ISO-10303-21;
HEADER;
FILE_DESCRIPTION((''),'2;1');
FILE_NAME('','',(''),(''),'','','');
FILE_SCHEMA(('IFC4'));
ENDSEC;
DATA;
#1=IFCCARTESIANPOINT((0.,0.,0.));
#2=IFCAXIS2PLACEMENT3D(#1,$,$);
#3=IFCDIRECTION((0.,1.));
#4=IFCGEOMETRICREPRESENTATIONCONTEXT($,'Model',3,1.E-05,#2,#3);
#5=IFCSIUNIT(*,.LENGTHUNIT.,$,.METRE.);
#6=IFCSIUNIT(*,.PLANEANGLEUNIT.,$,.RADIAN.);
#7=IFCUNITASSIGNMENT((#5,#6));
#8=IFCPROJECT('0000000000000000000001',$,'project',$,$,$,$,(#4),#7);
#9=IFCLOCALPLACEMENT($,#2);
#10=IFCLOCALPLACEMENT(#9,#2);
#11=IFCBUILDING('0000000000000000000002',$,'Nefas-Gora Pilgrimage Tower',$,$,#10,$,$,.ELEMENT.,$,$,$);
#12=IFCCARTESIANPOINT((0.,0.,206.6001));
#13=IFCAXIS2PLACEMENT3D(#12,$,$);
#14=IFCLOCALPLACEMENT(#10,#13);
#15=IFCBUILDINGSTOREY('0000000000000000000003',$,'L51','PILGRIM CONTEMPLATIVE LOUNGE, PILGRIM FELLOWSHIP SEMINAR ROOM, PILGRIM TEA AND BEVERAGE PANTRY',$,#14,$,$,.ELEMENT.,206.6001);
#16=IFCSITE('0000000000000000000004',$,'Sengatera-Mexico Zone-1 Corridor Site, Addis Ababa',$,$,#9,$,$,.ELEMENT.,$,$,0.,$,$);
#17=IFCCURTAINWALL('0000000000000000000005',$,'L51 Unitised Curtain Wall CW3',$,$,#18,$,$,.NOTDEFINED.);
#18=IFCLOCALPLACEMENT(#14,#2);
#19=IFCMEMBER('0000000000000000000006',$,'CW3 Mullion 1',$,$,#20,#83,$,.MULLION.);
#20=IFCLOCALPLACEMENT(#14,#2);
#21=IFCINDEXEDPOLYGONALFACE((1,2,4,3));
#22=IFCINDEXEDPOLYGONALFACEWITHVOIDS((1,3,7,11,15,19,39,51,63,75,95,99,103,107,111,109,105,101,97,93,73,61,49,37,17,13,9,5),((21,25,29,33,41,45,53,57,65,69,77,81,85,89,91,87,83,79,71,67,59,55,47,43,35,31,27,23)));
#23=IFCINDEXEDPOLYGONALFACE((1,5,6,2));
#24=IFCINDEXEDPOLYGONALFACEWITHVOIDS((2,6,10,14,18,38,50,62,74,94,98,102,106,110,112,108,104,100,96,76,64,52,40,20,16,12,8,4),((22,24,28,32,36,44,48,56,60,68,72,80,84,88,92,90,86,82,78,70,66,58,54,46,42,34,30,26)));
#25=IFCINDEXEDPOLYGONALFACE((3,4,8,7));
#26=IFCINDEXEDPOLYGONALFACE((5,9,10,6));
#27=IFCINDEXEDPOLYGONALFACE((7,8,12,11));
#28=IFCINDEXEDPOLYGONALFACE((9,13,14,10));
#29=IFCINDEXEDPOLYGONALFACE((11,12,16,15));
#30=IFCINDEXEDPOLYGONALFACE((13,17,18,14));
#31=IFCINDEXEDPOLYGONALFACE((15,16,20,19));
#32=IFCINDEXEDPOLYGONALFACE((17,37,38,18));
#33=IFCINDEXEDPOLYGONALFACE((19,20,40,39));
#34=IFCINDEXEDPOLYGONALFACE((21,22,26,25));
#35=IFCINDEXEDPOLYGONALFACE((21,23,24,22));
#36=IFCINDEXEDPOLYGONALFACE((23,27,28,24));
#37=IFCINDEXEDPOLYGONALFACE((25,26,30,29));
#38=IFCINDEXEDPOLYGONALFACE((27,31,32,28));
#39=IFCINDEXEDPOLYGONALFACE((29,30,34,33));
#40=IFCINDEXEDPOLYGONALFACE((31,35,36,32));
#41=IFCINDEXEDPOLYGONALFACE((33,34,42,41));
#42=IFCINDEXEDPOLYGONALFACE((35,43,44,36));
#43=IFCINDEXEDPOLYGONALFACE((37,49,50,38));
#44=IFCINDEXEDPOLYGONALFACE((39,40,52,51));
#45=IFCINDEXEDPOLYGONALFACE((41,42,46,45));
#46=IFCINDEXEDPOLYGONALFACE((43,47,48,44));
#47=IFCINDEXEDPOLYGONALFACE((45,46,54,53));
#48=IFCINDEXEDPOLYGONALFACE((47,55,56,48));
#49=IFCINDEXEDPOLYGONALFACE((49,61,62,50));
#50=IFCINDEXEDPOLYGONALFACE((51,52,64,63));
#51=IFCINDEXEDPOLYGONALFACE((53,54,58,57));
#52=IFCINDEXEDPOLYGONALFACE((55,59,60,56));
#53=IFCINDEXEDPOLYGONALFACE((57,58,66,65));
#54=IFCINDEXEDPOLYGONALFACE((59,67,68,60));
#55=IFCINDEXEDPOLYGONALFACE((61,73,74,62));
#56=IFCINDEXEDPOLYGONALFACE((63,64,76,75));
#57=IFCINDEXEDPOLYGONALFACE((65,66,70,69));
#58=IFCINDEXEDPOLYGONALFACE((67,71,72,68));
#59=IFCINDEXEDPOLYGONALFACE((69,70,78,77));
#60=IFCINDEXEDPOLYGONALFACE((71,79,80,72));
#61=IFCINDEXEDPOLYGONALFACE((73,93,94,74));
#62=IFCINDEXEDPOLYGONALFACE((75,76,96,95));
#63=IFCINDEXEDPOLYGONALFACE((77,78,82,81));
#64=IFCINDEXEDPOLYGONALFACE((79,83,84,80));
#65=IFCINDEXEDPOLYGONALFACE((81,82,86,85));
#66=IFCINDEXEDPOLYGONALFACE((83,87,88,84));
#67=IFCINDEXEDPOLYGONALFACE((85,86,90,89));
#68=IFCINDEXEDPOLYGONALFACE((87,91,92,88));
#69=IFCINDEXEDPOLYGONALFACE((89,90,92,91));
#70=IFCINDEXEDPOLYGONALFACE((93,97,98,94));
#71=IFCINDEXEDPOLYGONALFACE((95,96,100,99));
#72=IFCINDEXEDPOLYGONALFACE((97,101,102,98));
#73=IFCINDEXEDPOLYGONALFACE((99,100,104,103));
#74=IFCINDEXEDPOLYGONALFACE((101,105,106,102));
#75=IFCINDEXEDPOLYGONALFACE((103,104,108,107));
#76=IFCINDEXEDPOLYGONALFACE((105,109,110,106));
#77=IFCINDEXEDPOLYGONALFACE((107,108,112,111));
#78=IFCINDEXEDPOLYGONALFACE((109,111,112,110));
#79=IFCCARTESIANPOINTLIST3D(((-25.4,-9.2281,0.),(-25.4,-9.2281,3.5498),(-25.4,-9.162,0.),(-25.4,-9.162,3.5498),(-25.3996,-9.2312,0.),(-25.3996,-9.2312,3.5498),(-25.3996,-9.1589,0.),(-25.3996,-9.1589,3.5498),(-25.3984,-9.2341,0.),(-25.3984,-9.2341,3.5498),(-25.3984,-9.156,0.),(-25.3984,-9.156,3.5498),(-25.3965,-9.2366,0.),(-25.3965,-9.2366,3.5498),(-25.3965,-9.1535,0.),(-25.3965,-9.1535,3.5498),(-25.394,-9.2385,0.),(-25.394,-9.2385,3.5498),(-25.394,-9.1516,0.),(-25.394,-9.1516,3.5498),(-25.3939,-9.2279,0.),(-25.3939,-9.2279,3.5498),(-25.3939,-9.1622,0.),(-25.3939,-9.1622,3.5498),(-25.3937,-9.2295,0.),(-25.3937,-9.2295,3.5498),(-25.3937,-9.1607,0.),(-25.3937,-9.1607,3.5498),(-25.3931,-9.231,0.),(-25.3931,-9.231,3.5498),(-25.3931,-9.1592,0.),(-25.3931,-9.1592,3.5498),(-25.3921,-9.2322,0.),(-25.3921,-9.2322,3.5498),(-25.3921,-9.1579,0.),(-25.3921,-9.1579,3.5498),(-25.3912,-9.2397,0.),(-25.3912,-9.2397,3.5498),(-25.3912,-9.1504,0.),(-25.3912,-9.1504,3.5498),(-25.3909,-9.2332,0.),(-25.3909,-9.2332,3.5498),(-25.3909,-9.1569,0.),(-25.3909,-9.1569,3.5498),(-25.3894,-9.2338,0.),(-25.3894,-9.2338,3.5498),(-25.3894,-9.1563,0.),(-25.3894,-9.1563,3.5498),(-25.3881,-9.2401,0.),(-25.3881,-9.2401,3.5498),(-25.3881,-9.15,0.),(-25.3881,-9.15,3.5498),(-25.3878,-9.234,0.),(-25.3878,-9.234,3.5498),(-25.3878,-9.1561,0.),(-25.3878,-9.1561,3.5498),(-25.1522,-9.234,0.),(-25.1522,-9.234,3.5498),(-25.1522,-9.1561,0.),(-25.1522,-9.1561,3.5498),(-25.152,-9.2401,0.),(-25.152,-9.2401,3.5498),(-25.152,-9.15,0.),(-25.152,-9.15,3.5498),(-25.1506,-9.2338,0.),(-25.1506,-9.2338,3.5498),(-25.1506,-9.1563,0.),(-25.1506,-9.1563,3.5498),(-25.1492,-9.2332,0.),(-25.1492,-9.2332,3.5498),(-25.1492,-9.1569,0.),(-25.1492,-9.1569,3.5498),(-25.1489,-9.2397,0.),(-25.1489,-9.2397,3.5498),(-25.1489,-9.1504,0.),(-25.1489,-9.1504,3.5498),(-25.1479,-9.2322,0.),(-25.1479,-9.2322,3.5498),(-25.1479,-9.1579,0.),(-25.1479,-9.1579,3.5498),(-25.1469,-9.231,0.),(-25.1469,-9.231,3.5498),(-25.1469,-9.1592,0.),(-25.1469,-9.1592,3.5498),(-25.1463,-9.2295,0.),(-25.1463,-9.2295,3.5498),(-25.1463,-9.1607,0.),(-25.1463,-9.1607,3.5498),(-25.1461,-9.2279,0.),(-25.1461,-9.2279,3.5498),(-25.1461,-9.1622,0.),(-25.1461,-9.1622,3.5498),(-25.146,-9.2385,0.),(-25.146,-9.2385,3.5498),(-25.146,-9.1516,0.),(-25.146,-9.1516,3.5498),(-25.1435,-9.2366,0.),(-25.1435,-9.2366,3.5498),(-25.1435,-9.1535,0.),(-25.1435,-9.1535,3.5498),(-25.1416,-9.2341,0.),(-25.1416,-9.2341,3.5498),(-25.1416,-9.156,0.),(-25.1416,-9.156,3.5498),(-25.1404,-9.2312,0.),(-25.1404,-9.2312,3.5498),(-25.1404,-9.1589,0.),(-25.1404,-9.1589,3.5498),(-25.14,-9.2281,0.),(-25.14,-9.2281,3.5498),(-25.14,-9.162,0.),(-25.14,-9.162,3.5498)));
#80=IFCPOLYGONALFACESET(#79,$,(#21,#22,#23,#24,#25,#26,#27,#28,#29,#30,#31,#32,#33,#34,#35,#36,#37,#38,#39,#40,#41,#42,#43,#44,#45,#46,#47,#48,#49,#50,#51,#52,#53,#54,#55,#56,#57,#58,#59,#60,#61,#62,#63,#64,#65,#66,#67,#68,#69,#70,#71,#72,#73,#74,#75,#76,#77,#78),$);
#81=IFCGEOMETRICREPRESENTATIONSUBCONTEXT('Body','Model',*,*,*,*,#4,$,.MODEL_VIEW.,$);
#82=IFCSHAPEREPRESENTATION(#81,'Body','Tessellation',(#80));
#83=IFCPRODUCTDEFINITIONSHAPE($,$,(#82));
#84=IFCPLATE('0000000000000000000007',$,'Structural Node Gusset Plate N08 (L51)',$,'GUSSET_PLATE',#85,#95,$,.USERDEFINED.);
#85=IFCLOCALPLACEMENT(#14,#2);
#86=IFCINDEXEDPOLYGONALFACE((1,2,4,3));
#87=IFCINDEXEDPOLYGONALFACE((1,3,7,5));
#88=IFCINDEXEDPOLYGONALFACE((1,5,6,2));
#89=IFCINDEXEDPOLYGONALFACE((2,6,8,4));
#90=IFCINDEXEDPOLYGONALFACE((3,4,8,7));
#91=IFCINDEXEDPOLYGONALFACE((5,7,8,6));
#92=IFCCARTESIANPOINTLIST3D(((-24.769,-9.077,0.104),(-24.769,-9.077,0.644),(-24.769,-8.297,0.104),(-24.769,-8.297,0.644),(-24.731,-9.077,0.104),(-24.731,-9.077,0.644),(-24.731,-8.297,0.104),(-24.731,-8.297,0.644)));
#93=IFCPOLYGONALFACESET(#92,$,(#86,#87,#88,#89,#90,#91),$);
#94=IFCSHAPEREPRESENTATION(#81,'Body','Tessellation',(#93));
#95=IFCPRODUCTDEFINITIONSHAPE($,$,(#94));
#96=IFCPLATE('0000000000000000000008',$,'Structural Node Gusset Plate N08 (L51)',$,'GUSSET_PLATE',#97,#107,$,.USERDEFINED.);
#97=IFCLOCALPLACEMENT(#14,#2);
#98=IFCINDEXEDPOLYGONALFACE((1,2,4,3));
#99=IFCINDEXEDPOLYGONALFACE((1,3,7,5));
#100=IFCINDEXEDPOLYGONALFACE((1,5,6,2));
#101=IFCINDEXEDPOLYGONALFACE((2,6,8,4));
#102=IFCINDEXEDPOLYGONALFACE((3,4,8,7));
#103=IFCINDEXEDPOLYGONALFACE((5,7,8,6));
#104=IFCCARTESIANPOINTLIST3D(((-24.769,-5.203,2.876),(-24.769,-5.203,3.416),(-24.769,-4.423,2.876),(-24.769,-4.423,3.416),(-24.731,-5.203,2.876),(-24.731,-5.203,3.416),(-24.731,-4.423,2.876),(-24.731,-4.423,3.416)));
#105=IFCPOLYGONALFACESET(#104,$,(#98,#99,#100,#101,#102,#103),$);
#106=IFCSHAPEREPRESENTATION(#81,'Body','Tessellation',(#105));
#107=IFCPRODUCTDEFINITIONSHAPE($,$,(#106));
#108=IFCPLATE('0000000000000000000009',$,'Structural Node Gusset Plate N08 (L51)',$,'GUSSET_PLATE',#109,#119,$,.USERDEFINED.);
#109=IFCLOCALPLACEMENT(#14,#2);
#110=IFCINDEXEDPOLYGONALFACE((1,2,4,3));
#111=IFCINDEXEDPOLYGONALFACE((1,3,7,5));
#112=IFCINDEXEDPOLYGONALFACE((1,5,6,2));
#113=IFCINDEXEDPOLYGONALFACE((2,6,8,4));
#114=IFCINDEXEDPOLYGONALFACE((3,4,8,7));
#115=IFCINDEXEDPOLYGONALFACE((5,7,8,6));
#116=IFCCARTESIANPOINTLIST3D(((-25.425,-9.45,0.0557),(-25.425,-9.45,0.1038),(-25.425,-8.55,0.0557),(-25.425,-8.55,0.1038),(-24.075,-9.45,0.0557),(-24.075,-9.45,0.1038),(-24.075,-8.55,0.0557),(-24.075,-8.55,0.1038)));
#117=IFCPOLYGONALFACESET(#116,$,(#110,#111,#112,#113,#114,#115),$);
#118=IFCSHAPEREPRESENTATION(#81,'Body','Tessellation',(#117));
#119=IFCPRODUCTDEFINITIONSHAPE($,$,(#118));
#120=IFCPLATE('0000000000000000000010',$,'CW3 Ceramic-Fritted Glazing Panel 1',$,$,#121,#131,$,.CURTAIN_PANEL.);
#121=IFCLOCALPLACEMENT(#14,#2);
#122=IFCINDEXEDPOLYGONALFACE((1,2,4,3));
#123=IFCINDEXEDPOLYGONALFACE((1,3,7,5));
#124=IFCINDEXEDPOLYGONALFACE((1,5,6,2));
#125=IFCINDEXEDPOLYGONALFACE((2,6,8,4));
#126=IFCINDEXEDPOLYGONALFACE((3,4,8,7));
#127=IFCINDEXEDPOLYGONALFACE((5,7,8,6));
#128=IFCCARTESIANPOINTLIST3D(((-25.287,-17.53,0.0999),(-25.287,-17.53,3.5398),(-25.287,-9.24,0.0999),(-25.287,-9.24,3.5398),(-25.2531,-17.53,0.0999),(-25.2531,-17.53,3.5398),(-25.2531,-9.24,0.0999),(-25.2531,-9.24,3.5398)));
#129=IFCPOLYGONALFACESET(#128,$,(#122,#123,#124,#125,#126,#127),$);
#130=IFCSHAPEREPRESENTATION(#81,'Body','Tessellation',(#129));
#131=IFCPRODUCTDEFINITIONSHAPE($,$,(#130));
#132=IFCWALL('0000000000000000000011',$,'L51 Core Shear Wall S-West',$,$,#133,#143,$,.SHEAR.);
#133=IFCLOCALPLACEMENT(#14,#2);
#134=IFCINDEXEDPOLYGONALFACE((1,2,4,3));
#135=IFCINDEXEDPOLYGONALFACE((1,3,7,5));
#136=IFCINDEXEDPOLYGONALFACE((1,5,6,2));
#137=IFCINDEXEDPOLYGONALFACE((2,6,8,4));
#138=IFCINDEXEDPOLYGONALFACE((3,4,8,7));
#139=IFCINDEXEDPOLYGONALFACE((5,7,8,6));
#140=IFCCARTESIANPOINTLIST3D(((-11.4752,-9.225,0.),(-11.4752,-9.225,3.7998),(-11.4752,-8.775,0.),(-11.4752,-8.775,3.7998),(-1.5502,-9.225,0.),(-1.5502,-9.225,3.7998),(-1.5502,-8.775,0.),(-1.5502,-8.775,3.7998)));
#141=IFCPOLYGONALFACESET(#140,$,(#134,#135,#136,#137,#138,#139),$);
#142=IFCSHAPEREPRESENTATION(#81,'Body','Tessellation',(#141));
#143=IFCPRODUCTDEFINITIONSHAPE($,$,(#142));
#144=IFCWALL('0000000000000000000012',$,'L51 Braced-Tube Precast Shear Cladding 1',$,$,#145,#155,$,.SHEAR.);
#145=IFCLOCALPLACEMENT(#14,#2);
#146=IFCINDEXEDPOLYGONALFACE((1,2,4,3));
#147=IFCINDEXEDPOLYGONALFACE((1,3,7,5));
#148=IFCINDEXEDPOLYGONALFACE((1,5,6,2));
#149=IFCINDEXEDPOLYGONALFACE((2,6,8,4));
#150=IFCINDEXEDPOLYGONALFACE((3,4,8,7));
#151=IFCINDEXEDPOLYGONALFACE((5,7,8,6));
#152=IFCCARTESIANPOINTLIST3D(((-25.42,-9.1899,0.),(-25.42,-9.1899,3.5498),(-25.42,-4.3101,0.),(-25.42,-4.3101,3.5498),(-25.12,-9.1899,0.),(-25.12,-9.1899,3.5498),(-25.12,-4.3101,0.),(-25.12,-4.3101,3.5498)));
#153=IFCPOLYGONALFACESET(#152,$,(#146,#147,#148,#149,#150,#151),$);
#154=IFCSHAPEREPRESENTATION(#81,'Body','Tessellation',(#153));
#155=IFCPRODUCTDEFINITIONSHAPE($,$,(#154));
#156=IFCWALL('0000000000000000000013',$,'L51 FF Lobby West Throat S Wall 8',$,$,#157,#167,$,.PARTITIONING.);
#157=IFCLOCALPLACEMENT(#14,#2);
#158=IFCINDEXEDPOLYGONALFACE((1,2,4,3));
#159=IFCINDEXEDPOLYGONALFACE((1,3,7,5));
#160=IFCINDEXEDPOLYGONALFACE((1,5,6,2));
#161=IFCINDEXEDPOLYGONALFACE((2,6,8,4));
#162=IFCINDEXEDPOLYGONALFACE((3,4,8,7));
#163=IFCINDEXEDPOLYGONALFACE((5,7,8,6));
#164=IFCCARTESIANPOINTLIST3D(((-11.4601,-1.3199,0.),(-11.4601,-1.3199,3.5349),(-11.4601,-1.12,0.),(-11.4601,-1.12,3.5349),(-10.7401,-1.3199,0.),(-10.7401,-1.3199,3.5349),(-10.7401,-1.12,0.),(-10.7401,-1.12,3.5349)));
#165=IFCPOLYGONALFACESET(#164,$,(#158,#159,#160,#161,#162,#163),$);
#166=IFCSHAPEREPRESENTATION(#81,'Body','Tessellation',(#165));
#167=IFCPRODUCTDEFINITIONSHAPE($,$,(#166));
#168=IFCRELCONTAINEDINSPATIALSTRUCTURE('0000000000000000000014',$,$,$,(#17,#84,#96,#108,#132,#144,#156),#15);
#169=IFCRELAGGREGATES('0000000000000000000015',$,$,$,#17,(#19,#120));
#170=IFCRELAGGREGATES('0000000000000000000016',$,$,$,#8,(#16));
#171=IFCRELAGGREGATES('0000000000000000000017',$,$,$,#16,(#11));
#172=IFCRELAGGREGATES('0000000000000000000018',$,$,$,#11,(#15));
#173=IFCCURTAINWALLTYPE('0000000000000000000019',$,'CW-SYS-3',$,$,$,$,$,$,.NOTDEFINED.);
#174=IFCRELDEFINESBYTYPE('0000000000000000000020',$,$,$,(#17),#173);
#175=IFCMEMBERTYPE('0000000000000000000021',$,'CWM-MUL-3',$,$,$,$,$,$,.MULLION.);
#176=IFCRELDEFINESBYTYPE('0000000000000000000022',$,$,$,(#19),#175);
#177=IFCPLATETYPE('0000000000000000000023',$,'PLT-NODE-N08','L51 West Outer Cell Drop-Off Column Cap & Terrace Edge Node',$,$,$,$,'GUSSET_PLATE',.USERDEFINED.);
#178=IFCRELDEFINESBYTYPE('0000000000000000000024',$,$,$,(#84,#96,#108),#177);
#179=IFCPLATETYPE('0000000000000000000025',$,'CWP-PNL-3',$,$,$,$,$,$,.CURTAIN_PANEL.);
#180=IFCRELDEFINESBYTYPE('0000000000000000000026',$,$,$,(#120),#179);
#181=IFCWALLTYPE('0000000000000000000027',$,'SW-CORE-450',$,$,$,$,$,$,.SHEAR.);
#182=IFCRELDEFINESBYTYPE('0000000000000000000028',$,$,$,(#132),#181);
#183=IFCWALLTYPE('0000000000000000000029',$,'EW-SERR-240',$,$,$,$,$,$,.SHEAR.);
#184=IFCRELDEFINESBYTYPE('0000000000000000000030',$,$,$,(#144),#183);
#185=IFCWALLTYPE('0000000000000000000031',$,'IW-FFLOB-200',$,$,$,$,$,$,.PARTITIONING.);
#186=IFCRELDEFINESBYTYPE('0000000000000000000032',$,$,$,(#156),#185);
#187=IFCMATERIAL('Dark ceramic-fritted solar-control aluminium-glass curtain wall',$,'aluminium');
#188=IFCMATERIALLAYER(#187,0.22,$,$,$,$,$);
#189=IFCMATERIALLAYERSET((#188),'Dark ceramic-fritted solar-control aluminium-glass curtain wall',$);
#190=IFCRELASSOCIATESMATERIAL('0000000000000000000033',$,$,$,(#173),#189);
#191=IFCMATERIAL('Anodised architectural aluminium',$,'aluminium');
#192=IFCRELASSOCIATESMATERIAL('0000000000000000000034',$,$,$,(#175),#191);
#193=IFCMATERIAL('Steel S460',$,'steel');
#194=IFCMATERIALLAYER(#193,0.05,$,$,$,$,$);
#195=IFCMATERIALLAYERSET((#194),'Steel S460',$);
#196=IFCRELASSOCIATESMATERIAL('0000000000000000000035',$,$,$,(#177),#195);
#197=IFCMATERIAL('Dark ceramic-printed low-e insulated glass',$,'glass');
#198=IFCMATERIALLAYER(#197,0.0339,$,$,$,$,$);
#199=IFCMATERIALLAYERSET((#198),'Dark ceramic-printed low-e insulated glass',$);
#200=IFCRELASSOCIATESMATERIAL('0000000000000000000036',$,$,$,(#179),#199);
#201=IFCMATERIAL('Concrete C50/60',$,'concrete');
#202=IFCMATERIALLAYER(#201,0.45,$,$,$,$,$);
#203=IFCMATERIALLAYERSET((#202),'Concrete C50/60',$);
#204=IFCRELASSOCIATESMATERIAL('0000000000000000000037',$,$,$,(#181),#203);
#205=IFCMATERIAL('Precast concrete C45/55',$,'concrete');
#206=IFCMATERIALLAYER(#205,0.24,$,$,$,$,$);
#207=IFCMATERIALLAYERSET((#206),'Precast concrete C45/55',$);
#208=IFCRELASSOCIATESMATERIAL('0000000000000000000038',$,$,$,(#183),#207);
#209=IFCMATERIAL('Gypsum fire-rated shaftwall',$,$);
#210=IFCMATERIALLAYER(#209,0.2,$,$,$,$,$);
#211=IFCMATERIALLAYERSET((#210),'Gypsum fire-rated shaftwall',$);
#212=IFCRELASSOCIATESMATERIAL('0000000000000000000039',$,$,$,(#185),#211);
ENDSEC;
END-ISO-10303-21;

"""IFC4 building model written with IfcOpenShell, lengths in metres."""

from ifc_helpers import new_model, si_unit, direction, frame, frame_2d, origin, origin_2d, place, context, subcontext, project, spatial, rectangle, hollow_rectangle, extrude, source, transform, mapped, material, layer, layer_set, material_profile, profile_set, type_object, element, aggregate, save


model = new_model("IFC4")

# Units and contexts
model_context = context("Model", 3, precision=1e-05, world=origin(), true_north=direction((0.0, 1.0)))
body_context = subcontext(model_context, "Body", "Model", "MODEL_VIEW")
ifc_project = project(units=[si_unit("LENGTHUNIT", "METRE"), si_unit("PLANEANGLEUNIT", "RADIAN")], contexts=[model_context])

# Site, building, storey
site_placement = place(None, origin())
site = spatial("IfcSite", under=ifc_project, at=site_placement, Name="Sengatera-Mexico Zone-1 Corridor Site, Addis Ababa", CompositionType="ELEMENT", RefElevation=0.0)
building_placement = place(site_placement, origin())
building = spatial("IfcBuilding", under=site, at=building_placement, Name="Nefas-Gora Pilgrimage Tower", CompositionType="ELEMENT")
storey_placement = place(building_placement, frame((0.0, 0.0, 206.6001)))
storey = spatial("IfcBuildingStorey", under=building, at=storey_placement, Name="L51", Description="PILGRIM CONTEMPLATIVE LOUNGE, PILGRIM FELLOWSHIP SEMINAR ROOM, PILGRIM TEA AND BEVERAGE PANTRY", CompositionType="ELEMENT", Elevation=206.6001)

# Shared definitions
ifc_material_1 = material(Name="Steel S460", Category="steel")

# Curtain wall
ifc_material_2 = material(Name="Dark ceramic-fritted solar-control aluminium-glass curtain wall", Category="aluminium")
ifc_layer_1 = layer(ifc_material_2, 0.22)
ifc_layer_set_1 = layer_set([ifc_layer_1], Name="Dark ceramic-fritted solar-control aluminium-glass curtain wall")
curtain_wall_type = type_object("IfcCurtainWallType", Name="CW-SYS-3", PredefinedType="NOTDEFINED", material=ifc_layer_set_1)
curtain_wall_1_placement = place(storey_placement, origin())
curtain_wall_1 = element("IfcCurtainWall", 1, at=curtain_wall_1_placement, inside=storey, type_object=curtain_wall_type, Name="L51 Unitised Curtain Wall CW3", PredefinedType="NOTDEFINED")
ifc_material_3 = material(Name="Anodised architectural aluminium", Category="aluminium")
ifc_material_profile_1 = material_profile(ifc_material_3, hollow_rectangle(XDim=0.0901, YDim=0.26, WallThickness=0.0061, InnerFilletRadius=0.0061, OuterFilletRadius=0.012, at=origin_2d()), Name="ALU MULLION 90x260")
ifc_profile_set_1 = profile_set([ifc_material_profile_1], Name="Anodised architectural aluminium")
member_type_1 = type_object("IfcMemberType", Name="CWM-MUL-3", PredefinedType="MULLION", material=ifc_profile_set_1)
shared_shape_1 = source(origin(), body_context, "Body", "SweptSolid", [
    extrude(hollow_rectangle(XDim=0.0901, YDim=0.26, WallThickness=0.0061, InnerFilletRadius=0.0061, OuterFilletRadius=0.012, at=origin_2d()), origin(), (0.0, 0.0, 1.0), 3.5498),
])

# Member
member_1_placement = place(storey_placement, frame((-25.27, -9.1951, 0.0), z_axis=(0.0, 0.0, 1.0), x_axis=(0.0, -1.0, 0.0)))
member_1 = element("IfcMember", 2, at=member_1_placement, type_object=member_type_1, Name="CW3 Mullion 1", PredefinedType="MULLION", context=body_context, shape_type="MappedRepresentation", body=[
    mapped(shared_shape_1, transform((0.0, 0.0, 0.0), x_axis=(1.0, 0.0, 0.0), y_axis=(0.0, 1.0, 0.0), z_axis=(0.0, 0.0, 1.0), scale=1.0)),
])

# Plates
ifc_layer_2 = layer(ifc_material_1, 0.05)
ifc_layer_set_2 = layer_set([ifc_layer_2], Name="Steel S460")
plate_type_1 = type_object("IfcPlateType", Name="PLT-NODE-N08", Description="L51 West Outer Cell Drop-Off Column Cap & Terrace Edge Node", ElementType="GUSSET_PLATE", PredefinedType="USERDEFINED", material=ifc_layer_set_2)
shared_shape_2 = source(origin(), body_context, "Body", "SweptSolid", [
    extrude(rectangle(XDim=0.78, YDim=0.0381, at=origin_2d()), origin(), (0.0, 0.0, 1.0), 0.54),
])
for number, where, z_axis, x_axis, name in (
    (3, (-24.75, -8.687, 0.104), (0.0, 0.0, 1.0), (0.0, 1.0, 0.0), "Structural Node Gusset Plate N08 (L51)"),
    (4, (-24.75, -4.813, 2.876), (0.0, 0.0, 1.0), (0.0, 1.0, 0.0), "Structural Node Gusset Plate N08 (L51)"),
):
    element("IfcPlate", number, at=place(storey_placement, frame(where, z_axis=z_axis, x_axis=x_axis)), inside=storey, type_object=plate_type_1, Name=name, ObjectType="GUSSET_PLATE", PredefinedType="USERDEFINED", context=body_context, shape_type="MappedRepresentation", body=[
        mapped(shared_shape_2, transform((0.0, 0.0, 0.0), x_axis=(1.0, 0.0, 0.0), y_axis=(0.0, 1.0, 0.0), z_axis=(0.0, 0.0, 1.0), scale=1.0)),
    ])
shared_shape_3 = source(origin(), body_context, "Body", "SweptSolid", [
    extrude(rectangle(XDim=1.3501, YDim=0.8999, at=origin_2d()), origin(), (0.0, 0.0, 1.0), 0.0481),
])
plate_1_placement = place(storey_placement, frame((-24.75, -9.0, 0.0557), z_axis=(0.0, 0.0, 1.0), x_axis=(1.0, 0.0, 0.0)))
element("IfcPlate", 5, at=plate_1_placement, inside=storey, type_object=plate_type_1, Name="Structural Node Gusset Plate N08 (L51)", ObjectType="GUSSET_PLATE", PredefinedType="USERDEFINED", context=body_context, shape_type="MappedRepresentation", body=[
    mapped(shared_shape_3, transform((0.0, 0.0, 0.0), x_axis=(1.0, 0.0, 0.0), y_axis=(0.0, 1.0, 0.0), z_axis=(0.0, 0.0, 1.0), scale=1.0)),
])

# Plate
ifc_material_4 = material(Name="Dark ceramic-printed low-e insulated glass", Category="glass")
ifc_layer_3 = layer(ifc_material_4, 0.0339)
ifc_layer_set_3 = layer_set([ifc_layer_3], Name="Dark ceramic-printed low-e insulated glass")
plate_type_2 = type_object("IfcPlateType", Name="CWP-PNL-3", PredefinedType="CURTAIN_PANEL", material=ifc_layer_set_3)
shared_shape_4 = source(origin(), body_context, "Body", "SweptSolid", [
    extrude(rectangle(XDim=8.29, YDim=0.0339, at=origin_2d()), origin(), (0.0, 0.0, 1.0), 3.4399),
])
plate_2_placement = place(storey_placement, frame((-25.27, -13.385, 0.0999), z_axis=(0.0, 0.0, 1.0), x_axis=(0.0, -1.0, 0.0)))
plate_2 = element("IfcPlate", 6, at=plate_2_placement, type_object=plate_type_2, Name="CW3 Ceramic-Fritted Glazing Panel 1", PredefinedType="CURTAIN_PANEL", context=body_context, shape_type="MappedRepresentation", body=[
    mapped(shared_shape_4, transform((0.0, 0.0, 0.0), x_axis=(1.0, 0.0, 0.0), y_axis=(0.0, 1.0, 0.0), z_axis=(0.0, 0.0, 1.0), scale=1.0)),
])
aggregate(curtain_wall_1, [member_1, plate_2])

# Walls
ifc_material_5 = material(Name="Concrete C50/60", Category="concrete")
ifc_layer_4 = layer(ifc_material_5, 0.45)
ifc_layer_set_4 = layer_set([ifc_layer_4], Name="Concrete C50/60")
wall_type_1 = type_object("IfcWallType", Name="SW-CORE-450", PredefinedType="SHEAR", material=ifc_layer_set_4)
shared_shape_5 = source(origin(), body_context, "Body", "SweptSolid", [
    extrude(rectangle(XDim=9.925, YDim=0.45, at=frame_2d((4.9624, 0.0))), origin(), (0.0, 0.0, 1.0), 3.7998),
])
wall_1_placement = place(storey_placement, frame((-11.4751, -9.0, 0.0), z_axis=(0.0, 0.0, 1.0), x_axis=(1.0, 0.0, 0.0)))
element("IfcWall", 7, at=wall_1_placement, inside=storey, type_object=wall_type_1, Name="L51 Core Shear Wall S-West", PredefinedType="SHEAR", context=body_context, shape_type="MappedRepresentation", body=[
    mapped(shared_shape_5, transform((0.0, 0.0, 0.0), x_axis=(1.0, 0.0, 0.0), y_axis=(0.0, 1.0, 0.0), z_axis=(0.0, 0.0, 1.0), scale=1.0)),
])
ifc_material_6 = material(Name="Precast concrete C45/55", Category="concrete")
ifc_layer_5 = layer(ifc_material_6, 0.24)
ifc_layer_set_5 = layer_set([ifc_layer_5], Name="Precast concrete C45/55")
wall_type_2 = type_object("IfcWallType", Name="EW-SERR-240", PredefinedType="SHEAR", material=ifc_layer_set_5)
shared_shape_6 = source(origin(), body_context, "Body", "SweptSolid", [
    extrude(rectangle(XDim=4.8799, YDim=0.3, at=frame_2d((2.4399, 0.0))), origin(), (0.0, 0.0, 1.0), 3.5498),
])
wall_2_placement = place(storey_placement, frame((-25.27, -9.1899, 0.0), z_axis=(0.0, 0.0, 1.0), x_axis=(0.0, 1.0, 0.0)))
element("IfcWall", 8, at=wall_2_placement, inside=storey, type_object=wall_type_2, Name="L51 Braced-Tube Precast Shear Cladding 1", PredefinedType="SHEAR", context=body_context, shape_type="MappedRepresentation", body=[
    mapped(shared_shape_6, transform((0.0, 0.0, 0.0), x_axis=(1.0, 0.0, 0.0), y_axis=(0.0, 1.0, 0.0), z_axis=(0.0, 0.0, 1.0), scale=1.0)),
])
ifc_material_7 = material(Name="Gypsum fire-rated shaftwall")
ifc_layer_6 = layer(ifc_material_7, 0.2)
ifc_layer_set_6 = layer_set([ifc_layer_6], Name="Gypsum fire-rated shaftwall")
wall_type_3 = type_object("IfcWallType", Name="IW-FFLOB-200", PredefinedType="PARTITIONING", material=ifc_layer_set_6)
shared_shape_7 = source(origin(), body_context, "Body", "SweptSolid", [
    extrude(rectangle(XDim=0.72, YDim=0.2, at=frame_2d((0.3599, 0.0))), origin(), (0.0, 0.0, 1.0), 3.5349),
])
wall_3_placement = place(storey_placement, frame((-11.46, -1.22, 0.0), z_axis=(0.0, 0.0, 1.0), x_axis=(1.0, 0.0, 0.0)))
element("IfcWall", 9, at=wall_3_placement, inside=storey, type_object=wall_type_3, Name="L51 FF Lobby West Throat S Wall 8", PredefinedType="PARTITIONING", context=body_context, shape_type="MappedRepresentation", body=[
    mapped(shared_shape_7, transform((0.0, 0.0, 0.0), x_axis=(1.0, 0.0, 0.0), y_axis=(0.0, 1.0, 0.0), z_axis=(0.0, 0.0, 1.0), scale=1.0)),
])

save(model, "model.ifc")
